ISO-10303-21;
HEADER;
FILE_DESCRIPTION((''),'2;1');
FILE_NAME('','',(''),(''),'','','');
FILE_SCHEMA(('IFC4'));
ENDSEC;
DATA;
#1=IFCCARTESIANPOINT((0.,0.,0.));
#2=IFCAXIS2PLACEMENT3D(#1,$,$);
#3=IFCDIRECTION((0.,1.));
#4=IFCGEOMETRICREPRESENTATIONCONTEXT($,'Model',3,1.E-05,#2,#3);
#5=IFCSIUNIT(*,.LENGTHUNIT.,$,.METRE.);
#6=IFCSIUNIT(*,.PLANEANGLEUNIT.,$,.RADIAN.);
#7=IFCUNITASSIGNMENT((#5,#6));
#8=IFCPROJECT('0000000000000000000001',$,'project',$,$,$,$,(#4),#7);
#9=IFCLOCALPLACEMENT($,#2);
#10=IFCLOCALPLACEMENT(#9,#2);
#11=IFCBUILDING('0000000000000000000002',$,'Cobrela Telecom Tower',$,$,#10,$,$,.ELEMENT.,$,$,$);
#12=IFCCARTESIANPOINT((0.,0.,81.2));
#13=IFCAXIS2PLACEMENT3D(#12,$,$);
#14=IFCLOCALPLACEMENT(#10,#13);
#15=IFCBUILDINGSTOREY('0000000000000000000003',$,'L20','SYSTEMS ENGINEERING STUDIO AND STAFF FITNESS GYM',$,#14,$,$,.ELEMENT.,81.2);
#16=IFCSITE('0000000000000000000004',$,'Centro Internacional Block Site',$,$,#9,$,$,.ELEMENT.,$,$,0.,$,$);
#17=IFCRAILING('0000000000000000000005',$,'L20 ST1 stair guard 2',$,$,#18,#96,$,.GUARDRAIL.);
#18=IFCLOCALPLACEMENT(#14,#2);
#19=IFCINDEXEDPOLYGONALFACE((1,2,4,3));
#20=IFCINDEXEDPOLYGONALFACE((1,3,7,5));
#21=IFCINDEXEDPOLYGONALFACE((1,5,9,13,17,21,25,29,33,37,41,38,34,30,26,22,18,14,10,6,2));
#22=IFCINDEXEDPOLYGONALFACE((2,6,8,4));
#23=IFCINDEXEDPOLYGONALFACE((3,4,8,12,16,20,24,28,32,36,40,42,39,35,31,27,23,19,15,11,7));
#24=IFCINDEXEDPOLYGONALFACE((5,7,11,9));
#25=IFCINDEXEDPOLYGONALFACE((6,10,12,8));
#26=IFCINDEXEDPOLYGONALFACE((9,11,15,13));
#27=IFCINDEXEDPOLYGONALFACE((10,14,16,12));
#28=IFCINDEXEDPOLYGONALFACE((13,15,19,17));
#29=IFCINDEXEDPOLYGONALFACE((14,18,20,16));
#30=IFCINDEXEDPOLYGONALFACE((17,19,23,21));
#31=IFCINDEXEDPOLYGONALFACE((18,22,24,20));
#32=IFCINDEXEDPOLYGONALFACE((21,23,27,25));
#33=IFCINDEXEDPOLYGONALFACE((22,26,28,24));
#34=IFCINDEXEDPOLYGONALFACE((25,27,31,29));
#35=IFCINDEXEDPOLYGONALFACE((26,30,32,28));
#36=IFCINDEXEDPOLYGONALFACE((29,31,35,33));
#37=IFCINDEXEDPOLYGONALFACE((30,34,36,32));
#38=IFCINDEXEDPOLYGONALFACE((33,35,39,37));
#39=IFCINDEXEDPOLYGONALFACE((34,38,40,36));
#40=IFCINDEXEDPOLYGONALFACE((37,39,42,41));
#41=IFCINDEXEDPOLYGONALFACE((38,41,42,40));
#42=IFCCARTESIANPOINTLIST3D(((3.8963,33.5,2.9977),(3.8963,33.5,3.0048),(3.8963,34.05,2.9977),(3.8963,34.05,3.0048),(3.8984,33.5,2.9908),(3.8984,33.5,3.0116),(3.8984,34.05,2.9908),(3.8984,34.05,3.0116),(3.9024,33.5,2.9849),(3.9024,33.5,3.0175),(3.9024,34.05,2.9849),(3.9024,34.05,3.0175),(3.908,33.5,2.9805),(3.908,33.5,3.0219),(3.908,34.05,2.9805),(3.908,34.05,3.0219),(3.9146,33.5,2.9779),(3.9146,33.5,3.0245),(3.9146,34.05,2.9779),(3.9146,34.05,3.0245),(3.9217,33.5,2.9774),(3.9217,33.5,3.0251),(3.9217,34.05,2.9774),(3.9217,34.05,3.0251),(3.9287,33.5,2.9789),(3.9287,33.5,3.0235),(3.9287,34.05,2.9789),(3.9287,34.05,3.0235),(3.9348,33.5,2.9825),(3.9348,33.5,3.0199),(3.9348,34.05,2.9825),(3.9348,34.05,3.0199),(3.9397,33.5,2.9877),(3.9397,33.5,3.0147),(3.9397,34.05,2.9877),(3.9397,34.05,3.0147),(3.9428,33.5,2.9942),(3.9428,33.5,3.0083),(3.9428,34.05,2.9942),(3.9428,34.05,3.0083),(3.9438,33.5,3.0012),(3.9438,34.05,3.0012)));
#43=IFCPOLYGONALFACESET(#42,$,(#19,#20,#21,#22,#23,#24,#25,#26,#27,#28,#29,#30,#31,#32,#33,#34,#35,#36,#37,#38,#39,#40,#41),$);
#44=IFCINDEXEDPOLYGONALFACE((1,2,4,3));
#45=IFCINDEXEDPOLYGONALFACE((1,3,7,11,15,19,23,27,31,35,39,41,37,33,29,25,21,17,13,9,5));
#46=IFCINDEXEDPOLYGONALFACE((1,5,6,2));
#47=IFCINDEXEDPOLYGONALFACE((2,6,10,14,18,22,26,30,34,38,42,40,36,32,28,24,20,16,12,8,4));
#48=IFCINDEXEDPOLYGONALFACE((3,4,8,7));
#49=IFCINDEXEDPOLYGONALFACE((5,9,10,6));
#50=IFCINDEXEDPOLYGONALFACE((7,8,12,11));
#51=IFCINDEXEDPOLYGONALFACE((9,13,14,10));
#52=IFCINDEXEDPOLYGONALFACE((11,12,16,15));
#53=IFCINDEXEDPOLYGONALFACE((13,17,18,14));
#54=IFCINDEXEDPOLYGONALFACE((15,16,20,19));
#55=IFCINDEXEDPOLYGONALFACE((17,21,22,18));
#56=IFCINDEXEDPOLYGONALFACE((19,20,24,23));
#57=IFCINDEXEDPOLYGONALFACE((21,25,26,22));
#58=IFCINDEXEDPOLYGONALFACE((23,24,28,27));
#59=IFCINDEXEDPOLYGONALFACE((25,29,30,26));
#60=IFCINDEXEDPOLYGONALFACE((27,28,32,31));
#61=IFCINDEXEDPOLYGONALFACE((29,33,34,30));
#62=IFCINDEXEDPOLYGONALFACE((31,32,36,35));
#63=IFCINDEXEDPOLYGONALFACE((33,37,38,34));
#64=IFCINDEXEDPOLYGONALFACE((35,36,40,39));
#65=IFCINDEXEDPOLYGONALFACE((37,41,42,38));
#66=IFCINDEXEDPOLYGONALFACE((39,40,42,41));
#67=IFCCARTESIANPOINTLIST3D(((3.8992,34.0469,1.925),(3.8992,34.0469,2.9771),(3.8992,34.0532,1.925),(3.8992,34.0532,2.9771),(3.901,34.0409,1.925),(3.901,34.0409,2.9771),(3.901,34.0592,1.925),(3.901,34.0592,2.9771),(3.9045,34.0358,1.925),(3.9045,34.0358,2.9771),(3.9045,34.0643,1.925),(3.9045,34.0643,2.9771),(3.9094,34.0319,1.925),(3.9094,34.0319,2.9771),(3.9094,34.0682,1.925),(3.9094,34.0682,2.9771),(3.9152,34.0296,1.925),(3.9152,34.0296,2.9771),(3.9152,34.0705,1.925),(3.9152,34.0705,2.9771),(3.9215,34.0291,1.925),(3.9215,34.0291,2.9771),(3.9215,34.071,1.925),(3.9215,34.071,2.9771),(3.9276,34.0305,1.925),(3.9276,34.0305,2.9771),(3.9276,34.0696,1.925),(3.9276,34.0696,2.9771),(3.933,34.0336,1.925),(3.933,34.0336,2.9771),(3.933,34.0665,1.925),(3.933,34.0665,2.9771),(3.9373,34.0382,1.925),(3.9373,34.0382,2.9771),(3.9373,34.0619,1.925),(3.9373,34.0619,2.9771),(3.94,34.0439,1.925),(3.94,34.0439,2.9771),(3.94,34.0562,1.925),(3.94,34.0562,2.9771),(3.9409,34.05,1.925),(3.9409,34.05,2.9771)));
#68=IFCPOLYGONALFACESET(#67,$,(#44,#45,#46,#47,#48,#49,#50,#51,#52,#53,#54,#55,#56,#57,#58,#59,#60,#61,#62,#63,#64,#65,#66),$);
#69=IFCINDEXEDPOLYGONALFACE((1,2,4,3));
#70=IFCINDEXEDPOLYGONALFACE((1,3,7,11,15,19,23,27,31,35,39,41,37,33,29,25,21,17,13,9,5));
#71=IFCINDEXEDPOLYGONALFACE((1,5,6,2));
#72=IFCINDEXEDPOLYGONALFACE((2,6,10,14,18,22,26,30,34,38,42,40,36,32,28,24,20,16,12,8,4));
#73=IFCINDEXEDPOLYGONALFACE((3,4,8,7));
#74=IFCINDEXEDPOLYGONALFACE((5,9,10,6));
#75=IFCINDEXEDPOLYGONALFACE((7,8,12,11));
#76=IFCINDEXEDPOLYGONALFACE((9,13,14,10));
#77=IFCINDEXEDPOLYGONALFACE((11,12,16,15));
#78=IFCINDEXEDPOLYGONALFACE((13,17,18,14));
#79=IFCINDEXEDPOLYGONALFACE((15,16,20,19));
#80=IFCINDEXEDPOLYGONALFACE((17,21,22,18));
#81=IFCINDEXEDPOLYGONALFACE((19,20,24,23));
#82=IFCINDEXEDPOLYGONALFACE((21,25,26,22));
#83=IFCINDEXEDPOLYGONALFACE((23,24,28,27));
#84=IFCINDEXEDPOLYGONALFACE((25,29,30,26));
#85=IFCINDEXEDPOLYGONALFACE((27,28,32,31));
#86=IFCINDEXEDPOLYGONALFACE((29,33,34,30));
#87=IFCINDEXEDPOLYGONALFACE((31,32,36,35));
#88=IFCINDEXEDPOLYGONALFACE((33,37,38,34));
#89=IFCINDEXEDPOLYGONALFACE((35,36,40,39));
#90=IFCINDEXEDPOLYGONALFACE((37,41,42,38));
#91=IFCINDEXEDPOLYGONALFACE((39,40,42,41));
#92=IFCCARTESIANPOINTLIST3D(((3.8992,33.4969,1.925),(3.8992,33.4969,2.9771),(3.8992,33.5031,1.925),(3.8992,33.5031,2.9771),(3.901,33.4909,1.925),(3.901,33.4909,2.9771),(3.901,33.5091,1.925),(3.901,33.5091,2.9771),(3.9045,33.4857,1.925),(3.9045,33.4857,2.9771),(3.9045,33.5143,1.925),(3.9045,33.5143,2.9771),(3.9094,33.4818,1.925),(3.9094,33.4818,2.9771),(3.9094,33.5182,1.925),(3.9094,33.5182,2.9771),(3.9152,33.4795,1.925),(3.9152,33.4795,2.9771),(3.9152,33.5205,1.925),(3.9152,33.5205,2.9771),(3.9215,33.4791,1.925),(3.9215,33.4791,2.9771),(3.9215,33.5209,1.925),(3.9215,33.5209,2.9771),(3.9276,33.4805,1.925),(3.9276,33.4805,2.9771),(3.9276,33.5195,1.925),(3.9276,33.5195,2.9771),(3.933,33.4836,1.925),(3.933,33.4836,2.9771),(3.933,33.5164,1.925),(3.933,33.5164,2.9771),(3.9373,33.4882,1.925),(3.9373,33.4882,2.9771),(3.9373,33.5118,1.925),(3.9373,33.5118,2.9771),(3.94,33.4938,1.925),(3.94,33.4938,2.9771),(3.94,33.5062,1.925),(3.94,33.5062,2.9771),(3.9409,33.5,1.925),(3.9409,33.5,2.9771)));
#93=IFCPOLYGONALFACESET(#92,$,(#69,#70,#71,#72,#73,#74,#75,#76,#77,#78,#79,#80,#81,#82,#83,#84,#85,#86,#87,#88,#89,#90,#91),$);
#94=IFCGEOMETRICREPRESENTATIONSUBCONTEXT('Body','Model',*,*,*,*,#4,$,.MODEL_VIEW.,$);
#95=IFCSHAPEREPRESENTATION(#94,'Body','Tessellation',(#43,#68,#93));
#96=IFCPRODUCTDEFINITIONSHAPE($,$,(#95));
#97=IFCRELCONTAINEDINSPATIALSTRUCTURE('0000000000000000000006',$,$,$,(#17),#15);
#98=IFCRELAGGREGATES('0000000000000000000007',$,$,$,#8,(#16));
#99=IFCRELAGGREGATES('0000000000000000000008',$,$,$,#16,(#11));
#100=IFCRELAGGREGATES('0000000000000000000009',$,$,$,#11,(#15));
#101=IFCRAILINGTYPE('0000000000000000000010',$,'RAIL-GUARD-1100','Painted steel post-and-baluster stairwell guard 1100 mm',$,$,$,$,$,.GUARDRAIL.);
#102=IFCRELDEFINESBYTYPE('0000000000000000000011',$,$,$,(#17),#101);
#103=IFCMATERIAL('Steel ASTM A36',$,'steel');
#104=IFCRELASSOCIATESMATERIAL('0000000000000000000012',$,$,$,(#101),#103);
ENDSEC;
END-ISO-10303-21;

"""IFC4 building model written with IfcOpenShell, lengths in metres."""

from ifc_helpers import new_model, si_unit, direction, frame, origin, origin_2d, place, context, subcontext, project, spatial, circle, extrude, material, type_object, element, save


model = new_model("IFC4")

# Units and contexts
model_context = context("Model", 3, precision=1e-05, world=origin(), true_north=direction((0.0, 1.0)))
body_context = subcontext(model_context, "Body", "Model", "MODEL_VIEW")
ifc_project = project(units=[si_unit("LENGTHUNIT", "METRE"), si_unit("PLANEANGLEUNIT", "RADIAN")], contexts=[model_context])

# Site, building, storey
site_placement = place(None, origin())
site = spatial("IfcSite", under=ifc_project, at=site_placement, Name="Centro Internacional Block Site", CompositionType="ELEMENT", RefElevation=0.0)
building_placement = place(site_placement, origin())
building = spatial("IfcBuilding", under=site, at=building_placement, Name="Cobrela Telecom Tower", CompositionType="ELEMENT")
storey_placement = place(building_placement, frame((0.0, 0.0, 81.2)))
storey = spatial("IfcBuildingStorey", under=building, at=storey_placement, Name="L20", Description="SYSTEMS ENGINEERING STUDIO AND STAFF FITNESS GYM", CompositionType="ELEMENT", Elevation=81.2)

# Shared definitions
ifc_material_1 = material(Name="Steel ASTM A36", Category="steel")

# Railing
railing_type_1 = type_object("IfcRailingType", Name="RAIL-GUARD-1100", Description="Painted steel post-and-baluster stairwell guard 1100 mm", PredefinedType="GUARDRAIL", material=ifc_material_1)
railing_1_placement = place(storey_placement, frame((3.9199, 34.05, 1.925)))
element("IfcRailing", 1, at=railing_1_placement, inside=storey, type_object=railing_type_1, Name="L20 ST1 stair guard 2", PredefinedType="GUARDRAIL", context=body_context, shape_type="SweptSolid", body=[
    extrude(circle(Radius=0.0239, at=origin_2d()), frame((0.0, 0.0, 1.0762), z_axis=(0.0, -1.0, 0.0), x_axis=(1.0, 0.0, 0.0)), (0.0, 0.0, 1.0), 0.55),
    extrude(circle(Radius=0.021, at=origin_2d()), origin(), (0.0, 0.0, 1.0), 1.052),
    extrude(circle(Radius=0.021, at=origin_2d()), frame((0.0, -0.55, 0.0)), (0.0, 0.0, 1.0), 1.052),
])

save(model, "model.ifc")
